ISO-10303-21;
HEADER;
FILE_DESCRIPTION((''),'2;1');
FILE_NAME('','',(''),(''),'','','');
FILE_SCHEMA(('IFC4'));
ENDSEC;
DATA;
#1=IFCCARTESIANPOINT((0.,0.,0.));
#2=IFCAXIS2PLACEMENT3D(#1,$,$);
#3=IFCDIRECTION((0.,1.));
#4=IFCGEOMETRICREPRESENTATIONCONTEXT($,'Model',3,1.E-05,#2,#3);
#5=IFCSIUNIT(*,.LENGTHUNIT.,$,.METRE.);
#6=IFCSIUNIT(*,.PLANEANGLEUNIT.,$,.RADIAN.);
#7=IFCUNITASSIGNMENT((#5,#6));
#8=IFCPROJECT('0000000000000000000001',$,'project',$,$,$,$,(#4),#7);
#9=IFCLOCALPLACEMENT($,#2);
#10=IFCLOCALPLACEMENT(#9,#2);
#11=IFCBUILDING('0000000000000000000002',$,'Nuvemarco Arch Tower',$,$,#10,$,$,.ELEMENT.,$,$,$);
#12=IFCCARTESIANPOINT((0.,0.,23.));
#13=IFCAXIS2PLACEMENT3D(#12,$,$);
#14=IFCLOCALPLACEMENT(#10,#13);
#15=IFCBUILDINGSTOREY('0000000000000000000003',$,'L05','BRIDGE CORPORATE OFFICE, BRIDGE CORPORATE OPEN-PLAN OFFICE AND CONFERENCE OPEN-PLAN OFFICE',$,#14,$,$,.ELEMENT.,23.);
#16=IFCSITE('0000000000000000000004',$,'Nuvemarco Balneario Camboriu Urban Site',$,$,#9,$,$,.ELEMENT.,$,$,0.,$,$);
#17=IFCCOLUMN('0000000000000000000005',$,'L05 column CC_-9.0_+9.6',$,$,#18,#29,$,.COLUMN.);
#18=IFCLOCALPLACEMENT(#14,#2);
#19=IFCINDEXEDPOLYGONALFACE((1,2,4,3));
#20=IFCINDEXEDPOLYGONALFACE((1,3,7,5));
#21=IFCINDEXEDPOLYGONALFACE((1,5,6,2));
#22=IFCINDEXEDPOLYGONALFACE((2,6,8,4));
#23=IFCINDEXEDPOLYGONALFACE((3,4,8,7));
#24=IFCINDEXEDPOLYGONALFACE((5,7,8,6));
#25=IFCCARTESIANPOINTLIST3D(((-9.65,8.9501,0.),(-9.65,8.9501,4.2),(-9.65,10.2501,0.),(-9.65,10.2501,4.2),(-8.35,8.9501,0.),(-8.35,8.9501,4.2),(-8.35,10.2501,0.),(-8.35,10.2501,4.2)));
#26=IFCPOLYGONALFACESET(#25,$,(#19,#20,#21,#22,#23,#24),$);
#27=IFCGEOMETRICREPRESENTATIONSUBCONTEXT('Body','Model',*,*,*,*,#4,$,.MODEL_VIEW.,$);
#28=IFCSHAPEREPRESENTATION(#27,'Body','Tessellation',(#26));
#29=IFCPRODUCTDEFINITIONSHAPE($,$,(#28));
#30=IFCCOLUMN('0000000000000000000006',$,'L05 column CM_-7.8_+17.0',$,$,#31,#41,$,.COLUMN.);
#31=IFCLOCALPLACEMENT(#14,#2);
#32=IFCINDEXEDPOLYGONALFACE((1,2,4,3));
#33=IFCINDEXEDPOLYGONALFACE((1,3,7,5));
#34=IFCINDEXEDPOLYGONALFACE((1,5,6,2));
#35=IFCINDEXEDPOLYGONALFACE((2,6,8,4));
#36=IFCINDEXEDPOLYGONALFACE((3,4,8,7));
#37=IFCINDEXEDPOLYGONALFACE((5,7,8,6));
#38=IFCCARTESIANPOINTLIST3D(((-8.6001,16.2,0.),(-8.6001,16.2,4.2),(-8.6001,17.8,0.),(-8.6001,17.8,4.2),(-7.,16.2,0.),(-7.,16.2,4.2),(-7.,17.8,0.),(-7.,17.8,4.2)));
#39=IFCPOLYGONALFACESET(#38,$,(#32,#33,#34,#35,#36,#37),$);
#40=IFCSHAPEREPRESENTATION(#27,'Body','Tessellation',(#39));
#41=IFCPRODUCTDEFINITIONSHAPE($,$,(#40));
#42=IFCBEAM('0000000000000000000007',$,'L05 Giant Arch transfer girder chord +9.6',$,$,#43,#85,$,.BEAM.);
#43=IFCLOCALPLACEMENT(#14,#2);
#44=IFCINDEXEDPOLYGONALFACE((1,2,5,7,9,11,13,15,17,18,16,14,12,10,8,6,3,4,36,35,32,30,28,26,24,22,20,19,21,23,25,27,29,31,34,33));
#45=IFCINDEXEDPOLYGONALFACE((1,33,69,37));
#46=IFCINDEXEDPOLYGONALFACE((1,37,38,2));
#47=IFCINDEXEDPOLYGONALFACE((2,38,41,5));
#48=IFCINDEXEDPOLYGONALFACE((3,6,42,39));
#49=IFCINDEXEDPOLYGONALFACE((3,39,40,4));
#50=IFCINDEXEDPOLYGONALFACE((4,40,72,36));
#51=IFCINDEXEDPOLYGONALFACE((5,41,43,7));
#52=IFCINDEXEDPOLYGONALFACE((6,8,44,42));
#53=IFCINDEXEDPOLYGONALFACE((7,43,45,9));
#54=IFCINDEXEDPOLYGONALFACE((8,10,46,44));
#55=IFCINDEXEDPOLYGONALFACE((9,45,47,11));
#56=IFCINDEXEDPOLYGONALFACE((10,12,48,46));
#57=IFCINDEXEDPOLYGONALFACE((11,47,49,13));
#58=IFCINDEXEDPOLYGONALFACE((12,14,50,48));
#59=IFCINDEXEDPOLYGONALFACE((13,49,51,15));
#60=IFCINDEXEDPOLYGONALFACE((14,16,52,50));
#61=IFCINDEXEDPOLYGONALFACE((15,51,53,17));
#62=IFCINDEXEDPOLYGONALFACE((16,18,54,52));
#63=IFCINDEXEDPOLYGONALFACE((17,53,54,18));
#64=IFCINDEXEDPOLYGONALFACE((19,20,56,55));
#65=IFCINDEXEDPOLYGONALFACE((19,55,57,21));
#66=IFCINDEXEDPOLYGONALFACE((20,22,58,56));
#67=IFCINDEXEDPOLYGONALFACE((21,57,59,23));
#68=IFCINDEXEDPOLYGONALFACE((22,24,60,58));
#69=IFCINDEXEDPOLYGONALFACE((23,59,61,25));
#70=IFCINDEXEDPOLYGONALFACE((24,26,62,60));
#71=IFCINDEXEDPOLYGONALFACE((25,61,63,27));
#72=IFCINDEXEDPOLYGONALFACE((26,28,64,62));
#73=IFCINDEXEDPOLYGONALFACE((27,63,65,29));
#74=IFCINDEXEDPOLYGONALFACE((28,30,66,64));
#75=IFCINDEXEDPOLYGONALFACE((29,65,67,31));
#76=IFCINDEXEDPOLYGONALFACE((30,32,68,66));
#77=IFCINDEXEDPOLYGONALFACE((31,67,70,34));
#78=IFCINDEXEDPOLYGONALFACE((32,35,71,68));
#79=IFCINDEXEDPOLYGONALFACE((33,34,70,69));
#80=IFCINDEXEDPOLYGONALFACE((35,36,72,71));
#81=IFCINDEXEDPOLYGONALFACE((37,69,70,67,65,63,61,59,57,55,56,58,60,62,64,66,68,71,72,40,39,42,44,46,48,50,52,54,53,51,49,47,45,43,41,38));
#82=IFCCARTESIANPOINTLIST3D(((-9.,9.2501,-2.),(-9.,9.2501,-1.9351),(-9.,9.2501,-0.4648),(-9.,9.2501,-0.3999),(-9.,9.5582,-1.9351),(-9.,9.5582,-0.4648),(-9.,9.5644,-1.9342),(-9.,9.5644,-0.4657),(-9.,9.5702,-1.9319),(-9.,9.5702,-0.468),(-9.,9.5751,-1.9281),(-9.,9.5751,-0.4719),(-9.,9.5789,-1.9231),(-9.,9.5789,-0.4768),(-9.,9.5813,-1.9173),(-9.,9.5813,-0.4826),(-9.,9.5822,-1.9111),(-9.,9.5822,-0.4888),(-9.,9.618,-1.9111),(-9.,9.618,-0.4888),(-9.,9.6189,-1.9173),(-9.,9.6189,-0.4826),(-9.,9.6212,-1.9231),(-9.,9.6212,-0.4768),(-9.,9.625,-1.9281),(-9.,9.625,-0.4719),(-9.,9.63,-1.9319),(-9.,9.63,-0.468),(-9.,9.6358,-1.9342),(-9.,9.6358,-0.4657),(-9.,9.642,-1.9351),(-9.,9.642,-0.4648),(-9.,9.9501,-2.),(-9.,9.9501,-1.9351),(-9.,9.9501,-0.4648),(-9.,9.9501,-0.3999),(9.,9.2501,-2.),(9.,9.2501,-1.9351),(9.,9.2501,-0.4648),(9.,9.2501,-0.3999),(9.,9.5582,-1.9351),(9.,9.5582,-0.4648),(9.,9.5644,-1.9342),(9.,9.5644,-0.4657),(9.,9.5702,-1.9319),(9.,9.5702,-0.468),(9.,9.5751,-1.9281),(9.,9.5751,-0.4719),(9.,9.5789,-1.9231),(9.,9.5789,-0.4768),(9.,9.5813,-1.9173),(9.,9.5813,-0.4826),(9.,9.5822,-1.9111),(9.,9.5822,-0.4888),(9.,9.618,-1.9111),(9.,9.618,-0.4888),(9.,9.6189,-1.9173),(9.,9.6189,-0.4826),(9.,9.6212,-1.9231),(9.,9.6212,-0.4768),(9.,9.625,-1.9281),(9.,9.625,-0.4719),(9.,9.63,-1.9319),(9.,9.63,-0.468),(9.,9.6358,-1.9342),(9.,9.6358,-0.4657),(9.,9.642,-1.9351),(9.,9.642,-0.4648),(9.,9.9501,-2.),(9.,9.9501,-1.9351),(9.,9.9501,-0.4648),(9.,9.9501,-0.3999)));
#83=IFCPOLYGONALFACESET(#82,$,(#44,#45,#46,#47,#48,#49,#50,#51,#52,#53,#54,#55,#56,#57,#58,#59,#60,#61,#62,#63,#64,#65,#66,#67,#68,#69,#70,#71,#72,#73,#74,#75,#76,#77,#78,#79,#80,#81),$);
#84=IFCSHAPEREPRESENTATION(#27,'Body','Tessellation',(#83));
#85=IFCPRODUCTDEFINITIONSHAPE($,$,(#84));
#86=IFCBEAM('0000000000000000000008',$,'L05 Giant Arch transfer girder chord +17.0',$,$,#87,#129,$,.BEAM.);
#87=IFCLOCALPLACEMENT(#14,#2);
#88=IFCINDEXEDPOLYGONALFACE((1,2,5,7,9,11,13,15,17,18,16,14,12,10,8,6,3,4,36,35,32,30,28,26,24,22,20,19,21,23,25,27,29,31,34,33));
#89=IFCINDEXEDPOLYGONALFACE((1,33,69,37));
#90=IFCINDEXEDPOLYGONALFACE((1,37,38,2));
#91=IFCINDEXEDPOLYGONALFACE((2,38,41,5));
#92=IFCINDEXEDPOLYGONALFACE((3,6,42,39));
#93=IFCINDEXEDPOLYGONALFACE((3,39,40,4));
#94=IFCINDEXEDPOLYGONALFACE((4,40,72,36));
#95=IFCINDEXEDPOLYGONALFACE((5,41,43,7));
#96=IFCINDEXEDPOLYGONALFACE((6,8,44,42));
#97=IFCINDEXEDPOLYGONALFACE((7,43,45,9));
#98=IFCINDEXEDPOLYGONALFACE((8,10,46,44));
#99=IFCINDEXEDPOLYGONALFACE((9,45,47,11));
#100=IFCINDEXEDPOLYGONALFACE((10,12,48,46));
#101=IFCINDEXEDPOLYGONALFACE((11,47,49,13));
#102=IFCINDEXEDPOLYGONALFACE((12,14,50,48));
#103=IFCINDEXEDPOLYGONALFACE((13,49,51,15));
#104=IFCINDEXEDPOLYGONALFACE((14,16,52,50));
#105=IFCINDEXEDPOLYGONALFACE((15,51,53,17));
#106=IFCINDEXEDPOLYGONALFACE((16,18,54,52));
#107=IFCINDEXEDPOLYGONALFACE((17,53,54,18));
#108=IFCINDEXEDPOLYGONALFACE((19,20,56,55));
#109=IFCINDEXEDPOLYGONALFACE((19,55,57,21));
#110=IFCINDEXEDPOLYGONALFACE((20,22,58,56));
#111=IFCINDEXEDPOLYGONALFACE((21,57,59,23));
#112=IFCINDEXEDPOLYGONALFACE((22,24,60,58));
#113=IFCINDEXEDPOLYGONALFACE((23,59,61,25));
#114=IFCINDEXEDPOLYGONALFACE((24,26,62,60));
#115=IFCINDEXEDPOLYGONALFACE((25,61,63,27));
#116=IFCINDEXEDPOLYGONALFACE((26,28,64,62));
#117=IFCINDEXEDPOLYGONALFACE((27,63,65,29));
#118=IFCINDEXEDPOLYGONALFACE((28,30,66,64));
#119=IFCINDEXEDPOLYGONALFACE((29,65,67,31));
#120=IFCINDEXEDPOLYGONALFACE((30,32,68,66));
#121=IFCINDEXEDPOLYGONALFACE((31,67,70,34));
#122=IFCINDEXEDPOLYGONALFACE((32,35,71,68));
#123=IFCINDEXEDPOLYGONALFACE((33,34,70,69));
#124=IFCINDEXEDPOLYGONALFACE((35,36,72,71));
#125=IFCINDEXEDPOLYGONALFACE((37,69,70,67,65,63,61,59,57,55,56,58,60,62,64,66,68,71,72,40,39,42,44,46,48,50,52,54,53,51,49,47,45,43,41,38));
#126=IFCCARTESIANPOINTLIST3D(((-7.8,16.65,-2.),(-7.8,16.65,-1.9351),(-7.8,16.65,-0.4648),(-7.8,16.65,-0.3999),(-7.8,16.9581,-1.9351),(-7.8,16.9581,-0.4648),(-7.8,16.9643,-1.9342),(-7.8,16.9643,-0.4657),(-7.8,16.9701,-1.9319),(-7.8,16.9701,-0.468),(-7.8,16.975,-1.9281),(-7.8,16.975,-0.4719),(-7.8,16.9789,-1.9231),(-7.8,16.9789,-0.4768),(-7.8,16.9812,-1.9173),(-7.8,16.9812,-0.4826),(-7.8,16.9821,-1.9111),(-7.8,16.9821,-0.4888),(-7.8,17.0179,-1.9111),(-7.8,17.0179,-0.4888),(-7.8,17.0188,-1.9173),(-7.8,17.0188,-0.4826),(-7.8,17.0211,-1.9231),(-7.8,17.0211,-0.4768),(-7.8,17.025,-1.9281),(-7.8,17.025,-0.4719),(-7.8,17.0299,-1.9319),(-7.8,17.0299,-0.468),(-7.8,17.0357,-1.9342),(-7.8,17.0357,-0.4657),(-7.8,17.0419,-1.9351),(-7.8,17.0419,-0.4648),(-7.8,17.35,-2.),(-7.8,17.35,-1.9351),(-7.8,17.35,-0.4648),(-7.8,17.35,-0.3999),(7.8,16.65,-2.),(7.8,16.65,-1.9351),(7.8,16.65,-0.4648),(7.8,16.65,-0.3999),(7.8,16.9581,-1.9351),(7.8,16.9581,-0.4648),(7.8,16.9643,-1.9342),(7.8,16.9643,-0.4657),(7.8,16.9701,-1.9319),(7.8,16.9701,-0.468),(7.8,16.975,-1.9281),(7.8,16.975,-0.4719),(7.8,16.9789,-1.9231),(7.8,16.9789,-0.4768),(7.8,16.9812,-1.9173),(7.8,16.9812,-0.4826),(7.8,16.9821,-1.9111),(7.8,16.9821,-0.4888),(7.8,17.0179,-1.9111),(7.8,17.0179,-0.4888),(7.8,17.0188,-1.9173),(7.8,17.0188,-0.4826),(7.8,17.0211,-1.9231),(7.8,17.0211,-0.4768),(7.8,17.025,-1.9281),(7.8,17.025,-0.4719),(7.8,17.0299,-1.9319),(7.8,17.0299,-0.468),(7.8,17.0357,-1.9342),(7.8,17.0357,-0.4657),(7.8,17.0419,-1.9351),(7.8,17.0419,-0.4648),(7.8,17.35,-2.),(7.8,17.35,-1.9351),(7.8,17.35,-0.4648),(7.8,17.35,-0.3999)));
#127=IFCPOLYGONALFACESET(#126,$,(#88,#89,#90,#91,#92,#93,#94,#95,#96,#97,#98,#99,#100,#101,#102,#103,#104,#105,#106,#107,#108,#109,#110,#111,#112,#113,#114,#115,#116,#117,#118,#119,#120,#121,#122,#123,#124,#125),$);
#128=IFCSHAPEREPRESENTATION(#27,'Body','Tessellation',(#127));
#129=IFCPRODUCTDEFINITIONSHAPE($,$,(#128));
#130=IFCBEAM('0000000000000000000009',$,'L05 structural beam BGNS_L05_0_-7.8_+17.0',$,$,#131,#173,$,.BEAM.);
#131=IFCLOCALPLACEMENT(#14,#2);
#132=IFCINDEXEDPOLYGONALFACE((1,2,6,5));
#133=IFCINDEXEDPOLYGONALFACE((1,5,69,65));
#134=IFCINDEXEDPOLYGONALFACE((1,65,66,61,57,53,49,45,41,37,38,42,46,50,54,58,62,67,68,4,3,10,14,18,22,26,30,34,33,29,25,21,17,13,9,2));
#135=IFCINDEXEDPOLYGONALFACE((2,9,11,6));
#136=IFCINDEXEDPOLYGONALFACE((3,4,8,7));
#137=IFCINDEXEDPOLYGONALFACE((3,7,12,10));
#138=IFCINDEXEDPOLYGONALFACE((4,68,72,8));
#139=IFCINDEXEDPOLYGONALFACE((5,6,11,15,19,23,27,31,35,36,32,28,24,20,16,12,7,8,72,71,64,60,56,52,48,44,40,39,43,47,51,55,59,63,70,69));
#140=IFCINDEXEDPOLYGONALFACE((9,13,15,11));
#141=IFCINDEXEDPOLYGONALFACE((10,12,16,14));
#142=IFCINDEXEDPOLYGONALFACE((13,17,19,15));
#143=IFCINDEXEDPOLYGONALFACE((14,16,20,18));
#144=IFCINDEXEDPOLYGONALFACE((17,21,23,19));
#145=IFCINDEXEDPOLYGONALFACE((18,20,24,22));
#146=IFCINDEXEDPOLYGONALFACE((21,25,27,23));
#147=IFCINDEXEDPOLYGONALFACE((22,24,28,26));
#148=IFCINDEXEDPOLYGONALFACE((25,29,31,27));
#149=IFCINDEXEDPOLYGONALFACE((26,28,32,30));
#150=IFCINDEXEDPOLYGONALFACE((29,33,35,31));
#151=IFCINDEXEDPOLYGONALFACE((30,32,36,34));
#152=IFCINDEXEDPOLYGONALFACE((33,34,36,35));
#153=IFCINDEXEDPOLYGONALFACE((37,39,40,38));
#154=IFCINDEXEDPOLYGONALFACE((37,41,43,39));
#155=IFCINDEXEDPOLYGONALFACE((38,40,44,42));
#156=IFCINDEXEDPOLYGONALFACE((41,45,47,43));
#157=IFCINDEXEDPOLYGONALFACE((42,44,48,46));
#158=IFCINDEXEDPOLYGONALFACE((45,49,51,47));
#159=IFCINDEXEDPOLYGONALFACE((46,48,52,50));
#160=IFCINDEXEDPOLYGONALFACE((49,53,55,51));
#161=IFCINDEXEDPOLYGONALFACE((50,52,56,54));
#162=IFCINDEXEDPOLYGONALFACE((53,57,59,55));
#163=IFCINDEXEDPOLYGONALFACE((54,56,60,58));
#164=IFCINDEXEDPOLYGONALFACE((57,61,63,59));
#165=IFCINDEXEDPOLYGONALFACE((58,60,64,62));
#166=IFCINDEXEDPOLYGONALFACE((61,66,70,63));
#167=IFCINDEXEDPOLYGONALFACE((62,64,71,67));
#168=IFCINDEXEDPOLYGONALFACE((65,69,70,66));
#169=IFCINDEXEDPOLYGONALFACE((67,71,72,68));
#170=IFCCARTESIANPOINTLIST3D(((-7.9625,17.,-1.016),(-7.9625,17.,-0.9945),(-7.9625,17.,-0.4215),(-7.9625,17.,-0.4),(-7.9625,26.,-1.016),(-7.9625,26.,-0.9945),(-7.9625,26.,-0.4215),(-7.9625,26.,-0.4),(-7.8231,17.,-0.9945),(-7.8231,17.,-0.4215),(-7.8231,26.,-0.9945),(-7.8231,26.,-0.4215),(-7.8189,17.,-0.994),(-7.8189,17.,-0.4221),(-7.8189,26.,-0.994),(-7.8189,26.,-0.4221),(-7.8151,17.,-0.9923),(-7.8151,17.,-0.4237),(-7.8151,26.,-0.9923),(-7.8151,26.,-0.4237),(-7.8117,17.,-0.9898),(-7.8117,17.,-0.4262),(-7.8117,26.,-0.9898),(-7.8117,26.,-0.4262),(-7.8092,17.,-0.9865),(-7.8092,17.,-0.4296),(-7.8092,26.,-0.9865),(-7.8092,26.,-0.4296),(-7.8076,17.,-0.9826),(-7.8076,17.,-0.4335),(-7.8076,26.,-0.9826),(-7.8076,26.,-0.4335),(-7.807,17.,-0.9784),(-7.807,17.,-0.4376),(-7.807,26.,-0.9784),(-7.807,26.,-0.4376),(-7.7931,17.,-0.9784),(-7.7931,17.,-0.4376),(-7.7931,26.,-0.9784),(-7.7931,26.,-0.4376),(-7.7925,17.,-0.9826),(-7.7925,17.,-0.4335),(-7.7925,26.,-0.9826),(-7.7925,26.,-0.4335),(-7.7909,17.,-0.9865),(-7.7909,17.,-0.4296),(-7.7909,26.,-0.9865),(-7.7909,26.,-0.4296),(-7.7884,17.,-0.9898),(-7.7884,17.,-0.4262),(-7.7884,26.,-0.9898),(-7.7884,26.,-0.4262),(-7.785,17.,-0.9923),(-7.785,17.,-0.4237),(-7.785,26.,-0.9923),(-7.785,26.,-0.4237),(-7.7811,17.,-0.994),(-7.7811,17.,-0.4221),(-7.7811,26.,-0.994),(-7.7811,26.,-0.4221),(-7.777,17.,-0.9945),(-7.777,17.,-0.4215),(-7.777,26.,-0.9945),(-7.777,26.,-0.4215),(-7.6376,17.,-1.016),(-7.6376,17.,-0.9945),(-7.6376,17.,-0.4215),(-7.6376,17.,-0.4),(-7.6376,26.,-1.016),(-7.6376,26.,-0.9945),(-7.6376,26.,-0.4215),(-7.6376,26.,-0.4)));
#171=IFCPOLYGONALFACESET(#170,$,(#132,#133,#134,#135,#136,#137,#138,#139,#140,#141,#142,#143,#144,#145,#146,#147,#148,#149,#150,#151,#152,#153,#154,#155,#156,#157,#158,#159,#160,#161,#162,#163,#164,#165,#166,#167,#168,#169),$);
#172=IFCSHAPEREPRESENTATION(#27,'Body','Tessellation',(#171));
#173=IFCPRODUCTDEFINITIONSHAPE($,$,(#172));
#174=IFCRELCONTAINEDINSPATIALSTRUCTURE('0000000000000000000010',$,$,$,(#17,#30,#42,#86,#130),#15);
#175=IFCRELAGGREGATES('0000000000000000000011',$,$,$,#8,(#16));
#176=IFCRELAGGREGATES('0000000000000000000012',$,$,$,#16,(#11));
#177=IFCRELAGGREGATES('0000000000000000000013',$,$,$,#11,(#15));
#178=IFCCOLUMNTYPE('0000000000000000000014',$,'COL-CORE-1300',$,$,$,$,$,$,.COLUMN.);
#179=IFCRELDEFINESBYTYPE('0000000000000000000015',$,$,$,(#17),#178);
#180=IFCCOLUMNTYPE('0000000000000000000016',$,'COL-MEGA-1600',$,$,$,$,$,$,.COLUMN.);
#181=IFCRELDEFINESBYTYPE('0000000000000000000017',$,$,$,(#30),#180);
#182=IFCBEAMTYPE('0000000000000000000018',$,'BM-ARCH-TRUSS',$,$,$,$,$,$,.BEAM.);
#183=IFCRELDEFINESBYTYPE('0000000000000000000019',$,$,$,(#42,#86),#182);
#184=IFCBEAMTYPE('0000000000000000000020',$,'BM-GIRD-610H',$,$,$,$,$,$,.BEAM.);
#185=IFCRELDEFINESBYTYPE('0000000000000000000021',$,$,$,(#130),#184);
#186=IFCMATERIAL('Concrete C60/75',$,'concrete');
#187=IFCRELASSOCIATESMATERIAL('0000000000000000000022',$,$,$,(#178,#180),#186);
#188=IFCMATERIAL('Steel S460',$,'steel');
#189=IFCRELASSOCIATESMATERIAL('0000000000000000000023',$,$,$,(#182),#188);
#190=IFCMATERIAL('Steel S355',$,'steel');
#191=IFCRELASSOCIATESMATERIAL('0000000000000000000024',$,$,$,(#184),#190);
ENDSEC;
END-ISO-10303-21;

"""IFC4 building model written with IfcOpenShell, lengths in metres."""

from ifc_helpers import new_model, si_unit, direction, frame, origin, origin_2d, place, context, subcontext, project, spatial, rectangle, i_section, extrude, material, material_profile, profile_set, type_object, element, save


model = new_model("IFC4")

# Units and contexts
model_context = context("Model", 3, precision=1e-05, world=origin(), true_north=direction((0.0, 1.0)))
body_context = subcontext(model_context, "Body", "Model", "MODEL_VIEW")
ifc_project = project(units=[si_unit("LENGTHUNIT", "METRE"), si_unit("PLANEANGLEUNIT", "RADIAN")], contexts=[model_context])

# Site, building, storey
site_placement = place(None, origin())
site = spatial("IfcSite", under=ifc_project, at=site_placement, Name="Nuvemarco Balneario Camboriu Urban Site", CompositionType="ELEMENT", RefElevation=0.0)
building_placement = place(site_placement, origin())
building = spatial("IfcBuilding", under=site, at=building_placement, Name="Nuvemarco Arch Tower", CompositionType="ELEMENT")
storey_placement = place(building_placement, frame((0.0, 0.0, 23.0)))
storey = spatial("IfcBuildingStorey", under=building, at=storey_placement, Name="L05", Description="BRIDGE CORPORATE OFFICE, BRIDGE CORPORATE OPEN-PLAN OFFICE AND CONFERENCE OPEN-PLAN OFFICE", CompositionType="ELEMENT", Elevation=23.0)

# Columns
ifc_material_1 = material(Name="Concrete C60/75", Category="concrete")
ifc_material_profile_1 = material_profile(ifc_material_1, rectangle(XDim=1.3, YDim=1.3, at=origin_2d()), Name="RC-COL-1300x1300")
ifc_profile_set_1 = profile_set([ifc_material_profile_1], Name="Concrete C60/75")
column_type_1 = type_object("IfcColumnType", Name="COL-CORE-1300", PredefinedType="COLUMN", material=ifc_profile_set_1)
column_1_placement = place(storey_placement, frame((-9.0, 9.6001, 0.0), z_axis=(0.0, 0.0, 1.0), x_axis=(1.0, 0.0, 0.0)))
element("IfcColumn", 1, at=column_1_placement, inside=storey, type_object=column_type_1, Name="L05 column CC_-9.0_+9.6", PredefinedType="COLUMN", context=body_context, shape_type="SweptSolid", body=[
    extrude(rectangle(XDim=1.3, YDim=1.3, at=origin_2d()), origin(), (0.0, 0.0, 1.0), 4.2),
])
ifc_material_profile_2 = material_profile(ifc_material_1, rectangle(XDim=1.6001, YDim=1.6001, at=origin_2d()), Name="RC-COL-1600x1600")
ifc_profile_set_2 = profile_set([ifc_material_profile_2], Name="Concrete C60/75")
column_type_2 = type_object("IfcColumnType", Name="COL-MEGA-1600", PredefinedType="COLUMN", material=ifc_profile_set_2)
column_2_placement = place(storey_placement, frame((-7.8, 17.0, 0.0), z_axis=(0.0, 0.0, 1.0), x_axis=(1.0, 0.0, 0.0)))
element("IfcColumn", 2, at=column_2_placement, inside=storey, type_object=column_type_2, Name="L05 column CM_-7.8_+17.0", PredefinedType="COLUMN", context=body_context, shape_type="SweptSolid", body=[
    extrude(rectangle(XDim=1.6001, YDim=1.6001, at=origin_2d()), origin(), (0.0, 0.0, 1.0), 4.2),
])

# Beams
ifc_material_2 = material(Name="Steel S460", Category="steel")
ifc_material_profile_3 = material_profile(ifc_material_2, i_section(OverallWidth=0.7, OverallDepth=1.6001, WebThickness=0.0359, FlangeThickness=0.0649, FilletRadius=0.0239, at=origin_2d()), Name="PG1600x700")
ifc_profile_set_3 = profile_set([ifc_material_profile_3], Name="Steel S460")
beam_type_1 = type_object("IfcBeamType", Name="BM-ARCH-TRUSS", PredefinedType="BEAM", material=ifc_profile_set_3)
beam_1_placement = place(storey_placement, frame((-9.0, 9.6001, -1.2), z_axis=(1.0, 0.0, 0.0), x_axis=(0.0, 1.0, 0.0)))
element("IfcBeam", 3, at=beam_1_placement, inside=storey, type_object=beam_type_1, Name="L05 Giant Arch transfer girder chord +9.6", PredefinedType="BEAM", context=body_context, shape_type="SweptSolid", body=[
    extrude(i_section(OverallWidth=0.7, OverallDepth=1.6001, WebThickness=0.0359, FlangeThickness=0.0649, FilletRadius=0.0239, at=origin_2d()), origin(), (0.0, 0.0, 1.0), 18.0),
])
beam_2_placement = place(storey_placement, frame((-7.8, 17.0, -1.2), z_axis=(1.0, 0.0, 0.0), x_axis=(0.0, 1.0, 0.0)))
element("IfcBeam", 4, at=beam_2_placement, inside=storey, type_object=beam_type_1, Name="L05 Giant Arch transfer girder chord +17.0", PredefinedType="BEAM", context=body_context, shape_type="SweptSolid", body=[
    extrude(i_section(OverallWidth=0.7, OverallDepth=1.6001, WebThickness=0.0359, FlangeThickness=0.0649, FilletRadius=0.0239, at=origin_2d()), origin(), (0.0, 0.0, 1.0), 15.6001),
])
ifc_material_3 = material(Name="Steel S355", Category="steel")
ifc_material_profile_4 = material_profile(ifc_material_3, i_section(OverallWidth=0.325, OverallDepth=0.616, WebThickness=0.0139, FlangeThickness=0.0215, FilletRadius=0.0161, at=origin_2d()), Name="W610x174")
ifc_profile_set_4 = profile_set([ifc_material_profile_4], Name="Steel S355")
beam_type_2 = type_object("IfcBeamType", Name="BM-GIRD-610H", PredefinedType="BEAM", material=ifc_profile_set_4)
beam_3_placement = place(storey_placement, frame((-7.8, 17.0, -0.708), z_axis=(0.0, 1.0, 0.0), x_axis=(-1.0, 0.0, 0.0)))
element("IfcBeam", 5, at=beam_3_placement, inside=storey, type_object=beam_type_2, Name="L05 structural beam BGNS_L05_0_-7.8_+17.0", PredefinedType="BEAM", context=body_context, shape_type="SweptSolid", body=[
    extrude(i_section(OverallWidth=0.325, OverallDepth=0.616, WebThickness=0.0139, FlangeThickness=0.0215, FilletRadius=0.0161, at=origin_2d()), origin(), (0.0, 0.0, 1.0), 9.0),
])

save(model, "model.ifc")
